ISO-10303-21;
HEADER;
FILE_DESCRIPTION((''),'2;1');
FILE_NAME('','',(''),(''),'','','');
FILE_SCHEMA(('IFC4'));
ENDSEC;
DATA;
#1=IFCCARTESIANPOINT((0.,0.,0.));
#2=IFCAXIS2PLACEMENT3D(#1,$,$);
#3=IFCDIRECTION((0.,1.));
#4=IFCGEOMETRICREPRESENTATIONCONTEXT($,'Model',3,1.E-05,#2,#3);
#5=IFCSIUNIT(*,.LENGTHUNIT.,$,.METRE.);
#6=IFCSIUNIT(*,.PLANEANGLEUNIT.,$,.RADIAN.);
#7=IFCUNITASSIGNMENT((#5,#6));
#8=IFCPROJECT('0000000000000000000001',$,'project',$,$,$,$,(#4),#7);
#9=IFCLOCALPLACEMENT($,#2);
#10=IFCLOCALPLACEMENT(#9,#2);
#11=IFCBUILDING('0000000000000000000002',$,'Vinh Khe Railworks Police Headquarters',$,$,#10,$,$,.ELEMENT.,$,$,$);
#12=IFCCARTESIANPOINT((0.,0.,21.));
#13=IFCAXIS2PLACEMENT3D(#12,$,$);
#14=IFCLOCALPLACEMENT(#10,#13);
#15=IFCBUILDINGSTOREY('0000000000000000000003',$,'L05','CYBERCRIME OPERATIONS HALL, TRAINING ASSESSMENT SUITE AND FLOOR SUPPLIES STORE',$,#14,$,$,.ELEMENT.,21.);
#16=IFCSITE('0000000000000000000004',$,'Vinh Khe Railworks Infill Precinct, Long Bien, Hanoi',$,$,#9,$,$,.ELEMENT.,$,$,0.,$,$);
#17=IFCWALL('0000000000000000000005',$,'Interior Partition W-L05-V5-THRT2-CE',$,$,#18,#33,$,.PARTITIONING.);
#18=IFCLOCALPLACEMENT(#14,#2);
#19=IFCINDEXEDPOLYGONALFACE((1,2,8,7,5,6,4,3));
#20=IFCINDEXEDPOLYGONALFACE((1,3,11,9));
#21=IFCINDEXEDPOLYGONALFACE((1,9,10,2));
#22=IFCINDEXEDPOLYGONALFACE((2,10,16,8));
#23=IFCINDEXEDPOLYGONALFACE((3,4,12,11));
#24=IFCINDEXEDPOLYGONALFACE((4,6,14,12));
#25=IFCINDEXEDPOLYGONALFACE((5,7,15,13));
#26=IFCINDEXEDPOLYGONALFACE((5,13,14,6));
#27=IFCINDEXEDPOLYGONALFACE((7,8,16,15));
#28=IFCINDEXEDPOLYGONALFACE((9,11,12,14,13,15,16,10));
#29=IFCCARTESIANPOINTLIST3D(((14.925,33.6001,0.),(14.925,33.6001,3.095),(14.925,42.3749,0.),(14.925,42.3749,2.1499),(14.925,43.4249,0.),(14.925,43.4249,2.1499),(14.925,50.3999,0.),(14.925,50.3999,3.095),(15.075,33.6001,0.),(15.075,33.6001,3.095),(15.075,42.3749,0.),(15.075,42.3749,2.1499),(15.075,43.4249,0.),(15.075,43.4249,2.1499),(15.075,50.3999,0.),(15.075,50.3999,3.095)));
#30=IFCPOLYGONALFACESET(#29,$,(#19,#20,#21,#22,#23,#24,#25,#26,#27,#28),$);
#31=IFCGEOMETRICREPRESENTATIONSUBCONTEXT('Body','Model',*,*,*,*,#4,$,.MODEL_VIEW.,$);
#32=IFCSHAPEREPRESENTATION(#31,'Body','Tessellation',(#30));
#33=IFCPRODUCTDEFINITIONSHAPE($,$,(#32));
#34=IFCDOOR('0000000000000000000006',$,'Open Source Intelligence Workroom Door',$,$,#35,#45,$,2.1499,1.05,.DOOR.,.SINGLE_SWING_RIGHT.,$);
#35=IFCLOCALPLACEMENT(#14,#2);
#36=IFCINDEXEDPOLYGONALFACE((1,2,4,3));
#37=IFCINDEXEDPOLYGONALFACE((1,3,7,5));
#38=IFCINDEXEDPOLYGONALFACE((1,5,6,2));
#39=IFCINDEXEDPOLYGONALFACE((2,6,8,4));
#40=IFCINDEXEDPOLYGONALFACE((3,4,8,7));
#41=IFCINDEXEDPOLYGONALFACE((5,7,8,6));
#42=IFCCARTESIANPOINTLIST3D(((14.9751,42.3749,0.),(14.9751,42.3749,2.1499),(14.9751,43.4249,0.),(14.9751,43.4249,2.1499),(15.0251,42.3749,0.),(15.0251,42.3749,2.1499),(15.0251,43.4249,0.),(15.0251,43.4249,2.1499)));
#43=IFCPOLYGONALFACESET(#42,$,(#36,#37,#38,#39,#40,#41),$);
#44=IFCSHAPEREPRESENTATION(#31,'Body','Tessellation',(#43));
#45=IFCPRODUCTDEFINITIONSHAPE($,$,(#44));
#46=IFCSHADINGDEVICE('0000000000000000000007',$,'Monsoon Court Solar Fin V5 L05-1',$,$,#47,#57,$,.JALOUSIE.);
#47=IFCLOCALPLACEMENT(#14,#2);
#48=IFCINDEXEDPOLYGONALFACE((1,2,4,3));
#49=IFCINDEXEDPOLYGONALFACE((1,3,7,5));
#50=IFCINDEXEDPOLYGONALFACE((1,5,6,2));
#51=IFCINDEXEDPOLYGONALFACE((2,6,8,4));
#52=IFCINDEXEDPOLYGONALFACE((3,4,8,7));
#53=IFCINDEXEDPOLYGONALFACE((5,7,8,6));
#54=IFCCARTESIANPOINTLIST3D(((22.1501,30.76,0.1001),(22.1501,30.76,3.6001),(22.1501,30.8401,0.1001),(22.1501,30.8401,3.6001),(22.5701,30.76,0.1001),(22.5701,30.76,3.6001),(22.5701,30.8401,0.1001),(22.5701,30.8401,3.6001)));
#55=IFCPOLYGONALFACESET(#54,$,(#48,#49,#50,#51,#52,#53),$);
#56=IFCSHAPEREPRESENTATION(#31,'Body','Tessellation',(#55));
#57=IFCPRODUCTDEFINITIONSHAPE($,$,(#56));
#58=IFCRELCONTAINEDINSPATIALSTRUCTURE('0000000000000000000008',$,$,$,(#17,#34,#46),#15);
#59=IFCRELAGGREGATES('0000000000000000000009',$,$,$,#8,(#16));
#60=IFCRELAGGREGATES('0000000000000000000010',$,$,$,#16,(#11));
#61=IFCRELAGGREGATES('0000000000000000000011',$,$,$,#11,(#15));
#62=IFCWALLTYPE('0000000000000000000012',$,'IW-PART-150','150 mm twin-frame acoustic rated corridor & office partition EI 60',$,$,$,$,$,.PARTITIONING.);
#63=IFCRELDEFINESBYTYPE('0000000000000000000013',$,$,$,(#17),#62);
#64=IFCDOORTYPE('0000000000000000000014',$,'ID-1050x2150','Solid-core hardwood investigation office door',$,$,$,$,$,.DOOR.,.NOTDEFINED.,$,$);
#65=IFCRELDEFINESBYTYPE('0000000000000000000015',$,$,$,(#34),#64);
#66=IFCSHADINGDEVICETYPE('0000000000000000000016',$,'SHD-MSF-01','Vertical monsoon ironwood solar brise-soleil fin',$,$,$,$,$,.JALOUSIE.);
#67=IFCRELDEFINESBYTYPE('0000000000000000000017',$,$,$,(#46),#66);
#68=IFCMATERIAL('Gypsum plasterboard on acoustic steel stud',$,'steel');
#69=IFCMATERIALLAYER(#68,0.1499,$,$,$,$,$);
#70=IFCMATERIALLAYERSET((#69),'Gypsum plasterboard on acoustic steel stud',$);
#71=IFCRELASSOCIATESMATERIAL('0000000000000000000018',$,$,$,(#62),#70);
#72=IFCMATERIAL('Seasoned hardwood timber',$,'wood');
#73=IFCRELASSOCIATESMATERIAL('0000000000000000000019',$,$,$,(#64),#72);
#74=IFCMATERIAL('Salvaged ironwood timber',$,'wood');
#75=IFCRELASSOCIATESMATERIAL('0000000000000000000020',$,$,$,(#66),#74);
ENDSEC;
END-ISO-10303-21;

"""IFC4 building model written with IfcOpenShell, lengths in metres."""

from ifc_helpers import new_model, si_unit, direction, frame, frame_2d, origin, origin_2d, place, context, subcontext, project, spatial, rectangle, extrude, material, layer, layer_set, type_object, element, fill, save


model = new_model("IFC4")

# Units and contexts
model_context = context("Model", 3, precision=1e-05, world=origin(), true_north=direction((0.0, 1.0)))
body_context = subcontext(model_context, "Body", "Model", "MODEL_VIEW")
ifc_project = project(units=[si_unit("LENGTHUNIT", "METRE"), si_unit("PLANEANGLEUNIT", "RADIAN")], contexts=[model_context])

# Site, building, storey
site_placement = place(None, origin())
site = spatial("IfcSite", under=ifc_project, at=site_placement, Name="Vinh Khe Railworks Infill Precinct, Long Bien, Hanoi", CompositionType="ELEMENT", RefElevation=0.0)
building_placement = place(site_placement, origin())
building = spatial("IfcBuilding", under=site, at=building_placement, Name="Vinh Khe Railworks Police Headquarters", CompositionType="ELEMENT")
storey_placement = place(building_placement, frame((0.0, 0.0, 21.0)))
storey = spatial("IfcBuildingStorey", under=building, at=storey_placement, Name="L05", Description="CYBERCRIME OPERATIONS HALL, TRAINING ASSESSMENT SUITE AND FLOOR SUPPLIES STORE", CompositionType="ELEMENT", Elevation=21.0)

# Wall, opening, door
ifc_material_1 = material(Name="Gypsum plasterboard on acoustic steel stud", Category="steel")
ifc_layer_1 = layer(ifc_material_1, 0.1499)
ifc_layer_set_1 = layer_set([ifc_layer_1], Name="Gypsum plasterboard on acoustic steel stud")
wall_type_1 = type_object("IfcWallType", Name="IW-PART-150", Description="150 mm twin-frame acoustic rated corridor & office partition EI 60", PredefinedType="PARTITIONING", material=ifc_layer_set_1)
wall_1_placement = place(storey_placement, frame((15.0, 33.6001, 0.0), z_axis=(0.0, 0.0, 1.0), x_axis=(0.0, 1.0, 0.0)))
wall_1 = element("IfcWall", 1, at=wall_1_placement, inside=storey, type_object=wall_type_1, Name="Interior Partition W-L05-V5-THRT2-CE", PredefinedType="PARTITIONING", context=body_context, shape_type="SweptSolid", body=[
    extrude(rectangle(XDim=16.7998, YDim=0.1499, at=frame_2d((8.3999, 0.0))), origin(), (0.0, 0.0, 1.0), 3.095),
])
opening_1_placement = place(wall_1_placement, frame((8.7749, 0.0, 0.0)))
opening_1 = element("IfcOpeningElement", 2, at=opening_1_placement, cuts=wall_1, PredefinedType="OPENING", context=body_context, shape_type="SweptSolid", body=[
    extrude(rectangle(XDim=1.05, YDim=2.1499, at=frame_2d((0.5249, 1.075))), frame((0.0, 0.0898, 0.0), z_axis=(0.0, -1.0, 0.0), x_axis=(1.0, 0.0, 0.0)), (0.0, 0.0, 1.0), 0.1797),
])
ifc_material_2 = material(Name="Seasoned hardwood timber", Category="wood")
door_type = type_object("IfcDoorType", Name="ID-1050x2150", Description="Solid-core hardwood investigation office door", OperationType="NOTDEFINED", PredefinedType="DOOR", material=ifc_material_2)
door_placement = place(opening_1_placement, origin())
door = element("IfcDoor", 3, at=door_placement, inside=storey, type_object=door_type, Name="Open Source Intelligence Workroom Door", OperationType="SINGLE_SWING_RIGHT", OverallHeight=2.1499, OverallWidth=1.05, PredefinedType="DOOR", context=body_context, shape_type="SweptSolid", body=[
    extrude(rectangle(XDim=1.05, YDim=2.1499, at=frame_2d((0.5249, 1.075))), frame((0.0, 0.0249, 0.0), z_axis=(0.0, -1.0, 0.0), x_axis=(1.0, 0.0, 0.0)), (0.0, 0.0, 1.0), 0.05),
])
fill(opening_1, door)

# Shading device
ifc_material_3 = material(Name="Salvaged ironwood timber", Category="wood")
shading_device_type = type_object("IfcShadingDeviceType", Name="SHD-MSF-01", Description="Vertical monsoon ironwood solar brise-soleil fin", PredefinedType="JALOUSIE", material=ifc_material_3)
shading_device_placement = place(storey_placement, frame((22.3601, 30.8, 0.1001), z_axis=(0.0, 0.0, 1.0), x_axis=(1.0, 0.0, 0.0)))
element("IfcShadingDevice", 4, at=shading_device_placement, inside=storey, type_object=shading_device_type, Name="Monsoon Court Solar Fin V5 L05-1", PredefinedType="JALOUSIE", context=body_context, shape_type="SweptSolid", body=[
    extrude(rectangle(XDim=0.4199, YDim=0.0801, at=origin_2d()), origin(), (0.0, 0.0, 1.0), 3.5),
])

save(model, "model.ifc")
